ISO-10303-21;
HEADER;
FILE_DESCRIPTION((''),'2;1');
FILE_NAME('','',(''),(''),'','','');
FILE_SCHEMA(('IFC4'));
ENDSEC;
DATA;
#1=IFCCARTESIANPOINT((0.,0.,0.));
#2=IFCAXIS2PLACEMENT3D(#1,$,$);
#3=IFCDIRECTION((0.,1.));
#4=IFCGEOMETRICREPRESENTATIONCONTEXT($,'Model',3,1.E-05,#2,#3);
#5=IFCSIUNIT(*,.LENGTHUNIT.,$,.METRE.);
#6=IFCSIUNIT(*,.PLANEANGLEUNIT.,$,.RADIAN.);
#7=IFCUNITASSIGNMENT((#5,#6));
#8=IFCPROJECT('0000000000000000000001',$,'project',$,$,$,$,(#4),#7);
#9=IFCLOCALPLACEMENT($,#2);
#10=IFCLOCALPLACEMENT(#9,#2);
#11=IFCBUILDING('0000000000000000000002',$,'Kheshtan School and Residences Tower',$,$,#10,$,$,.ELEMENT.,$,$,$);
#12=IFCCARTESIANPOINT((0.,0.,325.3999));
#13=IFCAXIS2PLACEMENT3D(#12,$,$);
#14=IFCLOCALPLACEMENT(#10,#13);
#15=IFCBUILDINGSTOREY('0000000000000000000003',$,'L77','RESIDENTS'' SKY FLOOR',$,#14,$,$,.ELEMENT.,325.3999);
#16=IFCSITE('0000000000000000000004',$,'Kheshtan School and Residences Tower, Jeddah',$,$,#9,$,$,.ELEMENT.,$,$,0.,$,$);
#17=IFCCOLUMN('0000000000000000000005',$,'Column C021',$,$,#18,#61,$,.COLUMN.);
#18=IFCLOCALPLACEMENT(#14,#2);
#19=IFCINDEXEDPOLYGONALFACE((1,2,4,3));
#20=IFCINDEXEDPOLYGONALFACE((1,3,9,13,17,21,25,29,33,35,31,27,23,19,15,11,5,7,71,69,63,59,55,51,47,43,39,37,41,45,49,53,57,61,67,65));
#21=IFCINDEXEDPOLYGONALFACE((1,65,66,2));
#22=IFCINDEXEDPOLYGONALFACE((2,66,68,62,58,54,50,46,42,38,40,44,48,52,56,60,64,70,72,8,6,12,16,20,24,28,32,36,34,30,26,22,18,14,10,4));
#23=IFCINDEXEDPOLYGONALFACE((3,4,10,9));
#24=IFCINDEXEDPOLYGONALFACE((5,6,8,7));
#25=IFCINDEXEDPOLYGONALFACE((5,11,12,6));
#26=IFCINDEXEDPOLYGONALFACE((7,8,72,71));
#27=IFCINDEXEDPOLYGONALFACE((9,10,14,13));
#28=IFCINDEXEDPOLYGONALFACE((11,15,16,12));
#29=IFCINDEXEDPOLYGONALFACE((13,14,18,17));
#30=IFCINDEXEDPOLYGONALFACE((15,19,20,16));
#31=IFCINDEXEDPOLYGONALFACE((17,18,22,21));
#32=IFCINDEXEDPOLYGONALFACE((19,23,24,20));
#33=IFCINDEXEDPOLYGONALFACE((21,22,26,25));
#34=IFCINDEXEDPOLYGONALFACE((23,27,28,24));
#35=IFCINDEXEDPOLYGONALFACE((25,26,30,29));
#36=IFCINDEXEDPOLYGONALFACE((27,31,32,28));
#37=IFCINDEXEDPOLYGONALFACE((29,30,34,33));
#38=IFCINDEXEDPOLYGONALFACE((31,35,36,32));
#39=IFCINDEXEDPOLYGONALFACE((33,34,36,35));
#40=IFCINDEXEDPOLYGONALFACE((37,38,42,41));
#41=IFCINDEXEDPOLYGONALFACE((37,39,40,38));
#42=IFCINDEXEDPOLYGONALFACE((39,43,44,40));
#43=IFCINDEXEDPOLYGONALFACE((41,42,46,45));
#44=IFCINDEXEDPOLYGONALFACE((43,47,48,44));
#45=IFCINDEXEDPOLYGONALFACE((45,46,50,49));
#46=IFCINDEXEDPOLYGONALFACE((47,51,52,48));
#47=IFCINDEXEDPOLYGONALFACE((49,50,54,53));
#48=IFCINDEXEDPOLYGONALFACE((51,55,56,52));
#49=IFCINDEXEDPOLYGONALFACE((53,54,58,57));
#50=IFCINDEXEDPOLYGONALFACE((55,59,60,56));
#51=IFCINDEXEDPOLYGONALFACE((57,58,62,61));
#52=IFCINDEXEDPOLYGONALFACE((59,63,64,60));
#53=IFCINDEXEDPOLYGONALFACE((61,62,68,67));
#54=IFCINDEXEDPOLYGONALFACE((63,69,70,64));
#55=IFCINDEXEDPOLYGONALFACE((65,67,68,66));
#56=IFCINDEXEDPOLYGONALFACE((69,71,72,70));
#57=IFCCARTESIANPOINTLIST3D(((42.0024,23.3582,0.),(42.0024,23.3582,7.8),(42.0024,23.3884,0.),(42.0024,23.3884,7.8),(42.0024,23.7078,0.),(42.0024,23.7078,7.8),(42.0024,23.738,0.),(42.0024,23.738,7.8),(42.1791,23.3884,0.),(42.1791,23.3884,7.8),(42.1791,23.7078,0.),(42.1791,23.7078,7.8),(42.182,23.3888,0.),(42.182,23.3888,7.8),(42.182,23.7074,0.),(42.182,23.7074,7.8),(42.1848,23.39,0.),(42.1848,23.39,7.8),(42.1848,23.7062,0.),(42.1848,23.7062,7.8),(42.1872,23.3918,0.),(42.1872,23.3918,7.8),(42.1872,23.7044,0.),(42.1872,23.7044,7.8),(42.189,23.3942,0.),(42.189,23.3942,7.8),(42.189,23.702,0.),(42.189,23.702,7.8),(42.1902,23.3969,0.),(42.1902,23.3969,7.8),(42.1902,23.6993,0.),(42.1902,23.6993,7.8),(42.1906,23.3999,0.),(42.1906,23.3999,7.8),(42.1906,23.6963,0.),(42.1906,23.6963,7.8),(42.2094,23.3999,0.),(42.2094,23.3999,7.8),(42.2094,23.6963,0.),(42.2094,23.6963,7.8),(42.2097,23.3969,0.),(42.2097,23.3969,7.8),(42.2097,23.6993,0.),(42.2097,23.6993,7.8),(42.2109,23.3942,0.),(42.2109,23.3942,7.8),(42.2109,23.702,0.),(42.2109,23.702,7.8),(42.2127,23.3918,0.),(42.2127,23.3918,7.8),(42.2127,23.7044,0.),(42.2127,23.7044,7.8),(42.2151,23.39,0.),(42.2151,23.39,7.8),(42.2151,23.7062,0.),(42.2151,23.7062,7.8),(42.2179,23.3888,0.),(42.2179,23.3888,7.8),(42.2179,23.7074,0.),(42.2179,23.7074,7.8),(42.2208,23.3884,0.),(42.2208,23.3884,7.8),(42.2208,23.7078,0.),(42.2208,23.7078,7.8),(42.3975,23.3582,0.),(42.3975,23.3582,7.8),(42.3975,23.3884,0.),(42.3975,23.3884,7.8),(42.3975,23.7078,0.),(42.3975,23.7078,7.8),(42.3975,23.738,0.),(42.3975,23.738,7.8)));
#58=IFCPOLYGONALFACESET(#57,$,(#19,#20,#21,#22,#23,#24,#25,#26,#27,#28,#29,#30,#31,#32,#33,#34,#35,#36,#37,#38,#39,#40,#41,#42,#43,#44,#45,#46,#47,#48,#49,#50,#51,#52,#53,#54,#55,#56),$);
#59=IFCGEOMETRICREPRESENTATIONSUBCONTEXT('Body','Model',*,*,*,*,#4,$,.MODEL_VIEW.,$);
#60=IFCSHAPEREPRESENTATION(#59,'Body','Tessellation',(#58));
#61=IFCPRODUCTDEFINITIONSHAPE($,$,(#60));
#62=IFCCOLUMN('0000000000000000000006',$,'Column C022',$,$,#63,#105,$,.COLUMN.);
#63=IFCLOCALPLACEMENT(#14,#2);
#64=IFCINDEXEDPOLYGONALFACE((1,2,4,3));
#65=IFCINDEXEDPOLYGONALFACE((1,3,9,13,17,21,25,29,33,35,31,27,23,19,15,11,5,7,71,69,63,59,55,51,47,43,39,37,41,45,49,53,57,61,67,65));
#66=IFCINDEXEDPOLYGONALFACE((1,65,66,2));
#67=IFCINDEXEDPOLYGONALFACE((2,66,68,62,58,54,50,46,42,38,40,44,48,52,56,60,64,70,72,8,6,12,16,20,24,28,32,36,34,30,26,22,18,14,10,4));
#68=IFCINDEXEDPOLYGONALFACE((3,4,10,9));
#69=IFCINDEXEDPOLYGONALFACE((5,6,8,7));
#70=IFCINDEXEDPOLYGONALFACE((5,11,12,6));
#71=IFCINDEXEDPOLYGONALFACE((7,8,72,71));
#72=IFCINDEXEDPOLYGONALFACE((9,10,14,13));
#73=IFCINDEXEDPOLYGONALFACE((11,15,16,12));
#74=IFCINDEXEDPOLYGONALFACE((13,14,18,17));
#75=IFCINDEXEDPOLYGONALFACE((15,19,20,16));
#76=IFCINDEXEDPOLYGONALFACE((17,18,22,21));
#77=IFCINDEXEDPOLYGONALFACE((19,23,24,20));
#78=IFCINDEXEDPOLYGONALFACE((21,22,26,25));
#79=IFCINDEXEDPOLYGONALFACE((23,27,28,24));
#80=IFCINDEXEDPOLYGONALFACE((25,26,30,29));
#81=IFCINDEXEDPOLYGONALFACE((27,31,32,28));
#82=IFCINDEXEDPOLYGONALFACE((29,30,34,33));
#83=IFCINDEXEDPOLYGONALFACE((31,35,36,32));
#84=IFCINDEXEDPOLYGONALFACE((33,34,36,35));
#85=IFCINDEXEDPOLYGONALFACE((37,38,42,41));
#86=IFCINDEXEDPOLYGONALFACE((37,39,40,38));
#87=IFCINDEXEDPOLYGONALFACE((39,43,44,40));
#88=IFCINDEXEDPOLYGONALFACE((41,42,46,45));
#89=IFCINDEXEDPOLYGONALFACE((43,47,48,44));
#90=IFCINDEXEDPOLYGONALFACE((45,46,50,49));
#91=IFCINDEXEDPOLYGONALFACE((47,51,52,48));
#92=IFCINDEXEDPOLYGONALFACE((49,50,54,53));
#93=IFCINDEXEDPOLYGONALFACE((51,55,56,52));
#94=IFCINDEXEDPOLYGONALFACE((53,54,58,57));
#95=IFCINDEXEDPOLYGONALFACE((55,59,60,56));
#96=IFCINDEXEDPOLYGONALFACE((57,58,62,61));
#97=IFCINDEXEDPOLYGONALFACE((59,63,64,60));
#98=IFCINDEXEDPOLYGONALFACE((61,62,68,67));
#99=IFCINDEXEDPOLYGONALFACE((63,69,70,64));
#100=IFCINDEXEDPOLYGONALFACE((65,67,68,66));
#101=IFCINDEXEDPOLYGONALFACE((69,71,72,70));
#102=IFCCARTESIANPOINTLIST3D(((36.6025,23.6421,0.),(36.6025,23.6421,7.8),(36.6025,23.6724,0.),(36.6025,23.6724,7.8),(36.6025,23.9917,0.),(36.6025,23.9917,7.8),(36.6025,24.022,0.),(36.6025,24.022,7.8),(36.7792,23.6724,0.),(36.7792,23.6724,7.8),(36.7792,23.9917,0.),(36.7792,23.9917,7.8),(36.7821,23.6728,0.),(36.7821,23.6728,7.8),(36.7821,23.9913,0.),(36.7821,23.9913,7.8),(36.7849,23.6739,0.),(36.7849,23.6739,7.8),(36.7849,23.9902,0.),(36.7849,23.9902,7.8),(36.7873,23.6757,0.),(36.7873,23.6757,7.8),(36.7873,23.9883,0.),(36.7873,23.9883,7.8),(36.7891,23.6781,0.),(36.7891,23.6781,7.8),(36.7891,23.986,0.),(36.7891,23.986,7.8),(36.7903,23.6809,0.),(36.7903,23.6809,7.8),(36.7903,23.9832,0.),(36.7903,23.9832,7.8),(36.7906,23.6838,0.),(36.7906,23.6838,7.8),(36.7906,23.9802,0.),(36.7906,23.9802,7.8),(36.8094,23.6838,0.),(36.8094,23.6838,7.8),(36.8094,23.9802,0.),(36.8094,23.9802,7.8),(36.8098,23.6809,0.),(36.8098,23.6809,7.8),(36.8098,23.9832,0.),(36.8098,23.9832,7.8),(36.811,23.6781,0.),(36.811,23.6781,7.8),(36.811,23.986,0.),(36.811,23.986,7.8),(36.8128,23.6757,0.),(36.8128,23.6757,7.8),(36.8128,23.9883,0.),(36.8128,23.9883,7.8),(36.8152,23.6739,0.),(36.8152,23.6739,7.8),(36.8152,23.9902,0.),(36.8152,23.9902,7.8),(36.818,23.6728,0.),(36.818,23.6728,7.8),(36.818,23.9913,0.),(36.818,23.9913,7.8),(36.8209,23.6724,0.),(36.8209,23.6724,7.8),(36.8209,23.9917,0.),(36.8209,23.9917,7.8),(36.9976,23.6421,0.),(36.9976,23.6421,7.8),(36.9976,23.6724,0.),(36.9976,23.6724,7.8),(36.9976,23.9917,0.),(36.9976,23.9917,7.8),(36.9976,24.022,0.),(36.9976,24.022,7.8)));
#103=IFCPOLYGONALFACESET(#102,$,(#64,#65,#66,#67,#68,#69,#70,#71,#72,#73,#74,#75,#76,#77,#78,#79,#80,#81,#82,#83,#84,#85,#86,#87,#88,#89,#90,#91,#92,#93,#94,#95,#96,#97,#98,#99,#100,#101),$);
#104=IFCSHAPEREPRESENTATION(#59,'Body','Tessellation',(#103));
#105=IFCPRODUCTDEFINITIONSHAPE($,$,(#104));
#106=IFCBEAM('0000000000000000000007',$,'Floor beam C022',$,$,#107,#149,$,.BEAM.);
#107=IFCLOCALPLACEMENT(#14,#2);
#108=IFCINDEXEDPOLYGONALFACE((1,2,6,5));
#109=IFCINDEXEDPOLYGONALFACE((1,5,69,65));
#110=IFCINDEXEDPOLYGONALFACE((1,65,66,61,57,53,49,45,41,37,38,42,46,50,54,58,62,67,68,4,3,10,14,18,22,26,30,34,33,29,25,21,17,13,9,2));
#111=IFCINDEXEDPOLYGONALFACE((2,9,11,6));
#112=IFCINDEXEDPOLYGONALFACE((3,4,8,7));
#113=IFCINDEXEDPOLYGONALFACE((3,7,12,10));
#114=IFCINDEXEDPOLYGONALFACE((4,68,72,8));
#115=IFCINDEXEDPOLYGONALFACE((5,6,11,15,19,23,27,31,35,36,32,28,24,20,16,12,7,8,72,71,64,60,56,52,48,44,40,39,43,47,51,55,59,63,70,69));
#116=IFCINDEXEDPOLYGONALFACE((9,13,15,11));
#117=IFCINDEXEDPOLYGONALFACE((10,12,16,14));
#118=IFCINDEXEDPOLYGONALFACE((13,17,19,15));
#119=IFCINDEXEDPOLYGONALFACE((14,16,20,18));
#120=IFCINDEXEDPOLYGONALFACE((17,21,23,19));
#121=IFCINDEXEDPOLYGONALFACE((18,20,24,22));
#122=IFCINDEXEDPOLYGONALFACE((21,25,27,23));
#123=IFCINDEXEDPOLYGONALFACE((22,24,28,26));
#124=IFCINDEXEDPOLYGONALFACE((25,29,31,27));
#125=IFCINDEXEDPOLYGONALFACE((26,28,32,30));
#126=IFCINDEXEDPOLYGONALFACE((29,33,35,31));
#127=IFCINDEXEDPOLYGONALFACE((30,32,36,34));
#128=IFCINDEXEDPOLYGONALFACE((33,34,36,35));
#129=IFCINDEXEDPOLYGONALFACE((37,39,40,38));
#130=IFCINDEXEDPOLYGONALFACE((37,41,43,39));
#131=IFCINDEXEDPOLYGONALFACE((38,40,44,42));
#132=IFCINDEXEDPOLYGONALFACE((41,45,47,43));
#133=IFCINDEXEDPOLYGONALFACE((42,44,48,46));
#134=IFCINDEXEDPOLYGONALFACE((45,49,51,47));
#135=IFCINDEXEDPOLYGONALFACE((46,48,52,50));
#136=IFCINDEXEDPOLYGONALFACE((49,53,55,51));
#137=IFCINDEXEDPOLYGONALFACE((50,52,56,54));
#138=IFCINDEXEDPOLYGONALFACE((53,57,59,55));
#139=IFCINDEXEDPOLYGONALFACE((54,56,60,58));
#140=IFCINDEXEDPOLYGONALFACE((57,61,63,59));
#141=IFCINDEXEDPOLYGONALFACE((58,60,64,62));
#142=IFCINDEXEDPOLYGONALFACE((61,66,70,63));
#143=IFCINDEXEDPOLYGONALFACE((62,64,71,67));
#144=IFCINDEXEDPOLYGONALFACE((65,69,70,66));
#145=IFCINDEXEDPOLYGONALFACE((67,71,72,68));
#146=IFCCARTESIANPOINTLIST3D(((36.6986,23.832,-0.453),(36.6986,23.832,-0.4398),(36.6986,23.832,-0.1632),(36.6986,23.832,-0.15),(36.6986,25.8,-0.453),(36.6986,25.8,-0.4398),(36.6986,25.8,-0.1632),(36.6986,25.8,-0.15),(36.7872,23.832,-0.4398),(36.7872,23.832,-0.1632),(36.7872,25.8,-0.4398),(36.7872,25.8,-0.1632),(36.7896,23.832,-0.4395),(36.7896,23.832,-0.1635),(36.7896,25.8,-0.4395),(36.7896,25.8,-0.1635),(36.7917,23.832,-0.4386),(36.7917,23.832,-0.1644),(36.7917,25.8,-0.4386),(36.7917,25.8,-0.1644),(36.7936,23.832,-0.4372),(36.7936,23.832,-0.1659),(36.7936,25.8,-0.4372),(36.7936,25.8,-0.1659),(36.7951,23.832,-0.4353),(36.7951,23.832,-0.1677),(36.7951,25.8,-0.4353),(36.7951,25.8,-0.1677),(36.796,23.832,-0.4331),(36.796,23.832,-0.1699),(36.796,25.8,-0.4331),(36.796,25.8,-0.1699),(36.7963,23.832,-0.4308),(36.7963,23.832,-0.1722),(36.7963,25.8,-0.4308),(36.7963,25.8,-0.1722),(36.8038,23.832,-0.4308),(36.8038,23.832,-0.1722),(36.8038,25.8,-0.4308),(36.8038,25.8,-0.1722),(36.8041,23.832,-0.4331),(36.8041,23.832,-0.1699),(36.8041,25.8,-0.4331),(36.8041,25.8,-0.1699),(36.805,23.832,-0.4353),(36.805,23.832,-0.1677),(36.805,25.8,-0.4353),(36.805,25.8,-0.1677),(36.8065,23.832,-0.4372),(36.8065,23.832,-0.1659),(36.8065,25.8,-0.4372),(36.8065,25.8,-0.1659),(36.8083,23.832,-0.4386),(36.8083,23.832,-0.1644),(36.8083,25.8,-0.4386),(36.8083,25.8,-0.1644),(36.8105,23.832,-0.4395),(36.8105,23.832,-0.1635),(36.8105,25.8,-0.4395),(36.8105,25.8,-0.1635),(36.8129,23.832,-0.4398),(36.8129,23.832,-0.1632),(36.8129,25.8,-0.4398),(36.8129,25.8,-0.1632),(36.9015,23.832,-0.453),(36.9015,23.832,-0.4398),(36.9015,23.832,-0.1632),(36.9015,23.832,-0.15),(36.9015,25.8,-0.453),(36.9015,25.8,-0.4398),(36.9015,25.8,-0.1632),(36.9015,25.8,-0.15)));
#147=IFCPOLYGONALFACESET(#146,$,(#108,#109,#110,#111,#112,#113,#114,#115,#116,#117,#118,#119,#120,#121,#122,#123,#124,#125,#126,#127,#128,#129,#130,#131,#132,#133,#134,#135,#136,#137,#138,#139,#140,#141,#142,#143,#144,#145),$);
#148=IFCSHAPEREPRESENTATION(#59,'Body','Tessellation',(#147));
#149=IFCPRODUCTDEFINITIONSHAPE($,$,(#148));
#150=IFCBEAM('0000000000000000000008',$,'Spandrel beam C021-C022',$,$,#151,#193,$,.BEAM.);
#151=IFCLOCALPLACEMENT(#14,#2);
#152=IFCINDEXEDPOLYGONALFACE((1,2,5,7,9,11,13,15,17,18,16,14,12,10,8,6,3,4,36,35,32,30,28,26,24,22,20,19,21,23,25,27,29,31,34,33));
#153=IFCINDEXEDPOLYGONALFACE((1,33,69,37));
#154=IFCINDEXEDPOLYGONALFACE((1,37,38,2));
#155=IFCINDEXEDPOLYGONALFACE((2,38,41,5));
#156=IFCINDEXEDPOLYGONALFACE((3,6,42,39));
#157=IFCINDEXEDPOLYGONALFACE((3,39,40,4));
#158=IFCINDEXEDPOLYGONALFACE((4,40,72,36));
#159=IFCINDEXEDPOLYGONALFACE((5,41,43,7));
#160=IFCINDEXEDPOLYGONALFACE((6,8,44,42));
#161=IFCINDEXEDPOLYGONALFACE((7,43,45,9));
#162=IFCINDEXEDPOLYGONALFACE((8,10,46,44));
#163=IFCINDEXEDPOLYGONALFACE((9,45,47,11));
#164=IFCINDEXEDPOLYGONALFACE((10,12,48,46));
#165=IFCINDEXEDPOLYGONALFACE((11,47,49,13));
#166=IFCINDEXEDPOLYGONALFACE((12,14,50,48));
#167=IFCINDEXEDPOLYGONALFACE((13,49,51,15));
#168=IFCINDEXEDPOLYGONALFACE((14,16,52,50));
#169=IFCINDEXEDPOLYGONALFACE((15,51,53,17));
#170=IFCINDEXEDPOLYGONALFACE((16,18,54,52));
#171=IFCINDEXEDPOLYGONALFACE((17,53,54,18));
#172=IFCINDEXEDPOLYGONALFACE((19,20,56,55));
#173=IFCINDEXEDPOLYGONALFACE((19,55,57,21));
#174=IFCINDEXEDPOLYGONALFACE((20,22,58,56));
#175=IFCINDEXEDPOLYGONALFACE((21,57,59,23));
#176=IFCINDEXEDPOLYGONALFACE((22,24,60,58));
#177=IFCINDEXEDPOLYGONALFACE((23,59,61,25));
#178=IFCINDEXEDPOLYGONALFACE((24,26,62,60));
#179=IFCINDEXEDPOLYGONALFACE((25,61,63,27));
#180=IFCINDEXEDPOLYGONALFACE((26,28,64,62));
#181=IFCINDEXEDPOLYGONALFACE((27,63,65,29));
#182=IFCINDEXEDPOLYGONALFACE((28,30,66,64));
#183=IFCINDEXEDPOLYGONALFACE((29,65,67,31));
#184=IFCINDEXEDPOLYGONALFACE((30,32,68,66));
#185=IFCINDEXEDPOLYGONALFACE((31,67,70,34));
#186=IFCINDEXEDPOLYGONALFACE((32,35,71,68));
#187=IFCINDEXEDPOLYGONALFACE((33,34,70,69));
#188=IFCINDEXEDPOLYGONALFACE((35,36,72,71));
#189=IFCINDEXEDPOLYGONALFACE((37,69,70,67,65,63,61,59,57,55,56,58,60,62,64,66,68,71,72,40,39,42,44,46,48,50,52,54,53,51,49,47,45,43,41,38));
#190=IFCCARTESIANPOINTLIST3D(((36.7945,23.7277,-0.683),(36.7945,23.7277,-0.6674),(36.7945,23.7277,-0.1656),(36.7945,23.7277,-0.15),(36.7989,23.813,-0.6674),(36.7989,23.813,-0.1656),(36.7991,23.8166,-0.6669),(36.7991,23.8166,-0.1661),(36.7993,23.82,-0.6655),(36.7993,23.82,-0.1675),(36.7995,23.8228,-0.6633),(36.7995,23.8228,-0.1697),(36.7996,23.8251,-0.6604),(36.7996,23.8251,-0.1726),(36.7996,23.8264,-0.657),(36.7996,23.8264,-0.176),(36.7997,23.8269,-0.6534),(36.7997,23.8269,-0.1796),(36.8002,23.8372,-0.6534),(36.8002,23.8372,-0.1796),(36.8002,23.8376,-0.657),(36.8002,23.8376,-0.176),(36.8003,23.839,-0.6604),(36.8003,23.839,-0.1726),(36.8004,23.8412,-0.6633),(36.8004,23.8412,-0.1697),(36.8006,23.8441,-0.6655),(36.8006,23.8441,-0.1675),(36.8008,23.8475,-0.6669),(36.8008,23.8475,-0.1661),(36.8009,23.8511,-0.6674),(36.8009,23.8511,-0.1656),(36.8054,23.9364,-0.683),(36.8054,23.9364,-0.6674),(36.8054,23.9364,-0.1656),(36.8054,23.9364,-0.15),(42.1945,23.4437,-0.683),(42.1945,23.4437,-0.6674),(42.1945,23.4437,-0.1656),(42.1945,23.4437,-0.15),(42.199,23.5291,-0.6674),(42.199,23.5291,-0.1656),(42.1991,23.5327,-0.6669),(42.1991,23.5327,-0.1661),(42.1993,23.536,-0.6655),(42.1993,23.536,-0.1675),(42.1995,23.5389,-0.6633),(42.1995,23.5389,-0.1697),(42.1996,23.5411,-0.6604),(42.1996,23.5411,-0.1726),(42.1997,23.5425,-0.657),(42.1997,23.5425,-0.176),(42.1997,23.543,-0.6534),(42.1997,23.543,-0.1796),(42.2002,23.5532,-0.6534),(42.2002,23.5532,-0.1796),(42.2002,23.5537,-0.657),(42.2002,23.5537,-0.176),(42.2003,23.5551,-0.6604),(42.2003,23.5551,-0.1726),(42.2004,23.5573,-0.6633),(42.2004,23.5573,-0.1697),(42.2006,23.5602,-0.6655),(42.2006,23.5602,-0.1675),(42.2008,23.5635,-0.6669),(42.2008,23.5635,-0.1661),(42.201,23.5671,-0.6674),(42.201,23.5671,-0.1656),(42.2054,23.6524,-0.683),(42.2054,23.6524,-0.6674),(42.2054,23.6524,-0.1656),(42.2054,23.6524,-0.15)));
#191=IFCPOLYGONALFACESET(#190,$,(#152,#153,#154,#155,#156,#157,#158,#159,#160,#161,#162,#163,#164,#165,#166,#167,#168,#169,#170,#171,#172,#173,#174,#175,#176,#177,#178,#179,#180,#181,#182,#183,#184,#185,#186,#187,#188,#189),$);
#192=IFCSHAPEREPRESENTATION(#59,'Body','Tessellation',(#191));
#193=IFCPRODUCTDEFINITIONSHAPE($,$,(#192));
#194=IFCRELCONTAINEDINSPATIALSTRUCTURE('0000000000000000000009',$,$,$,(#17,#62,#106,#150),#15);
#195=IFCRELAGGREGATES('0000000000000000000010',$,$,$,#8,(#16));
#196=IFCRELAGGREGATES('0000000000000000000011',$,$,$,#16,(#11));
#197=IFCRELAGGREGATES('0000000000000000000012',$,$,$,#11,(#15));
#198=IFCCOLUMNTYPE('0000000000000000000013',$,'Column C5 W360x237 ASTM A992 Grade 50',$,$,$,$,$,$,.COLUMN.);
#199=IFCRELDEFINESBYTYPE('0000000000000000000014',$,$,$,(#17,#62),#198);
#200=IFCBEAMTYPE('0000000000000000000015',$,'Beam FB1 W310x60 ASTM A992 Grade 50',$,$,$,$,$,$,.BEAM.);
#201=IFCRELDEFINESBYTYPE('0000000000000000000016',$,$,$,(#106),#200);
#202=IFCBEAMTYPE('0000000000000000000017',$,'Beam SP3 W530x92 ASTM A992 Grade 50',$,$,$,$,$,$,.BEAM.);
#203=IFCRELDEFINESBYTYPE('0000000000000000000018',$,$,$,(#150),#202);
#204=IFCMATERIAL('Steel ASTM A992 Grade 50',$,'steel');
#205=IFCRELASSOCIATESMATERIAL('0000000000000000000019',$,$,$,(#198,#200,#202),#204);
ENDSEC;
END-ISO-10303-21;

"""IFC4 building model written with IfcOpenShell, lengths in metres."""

from ifc_helpers import new_model, si_unit, direction, frame, origin, origin_2d, place, context, subcontext, project, spatial, i_section, extrude, material, material_profile, profile_set, type_object, element, save


model = new_model("IFC4")

# Units and contexts
model_context = context("Model", 3, precision=1e-05, world=origin(), true_north=direction((0.0, 1.0)))
body_context = subcontext(model_context, "Body", "Model", "MODEL_VIEW")
ifc_project = project(units=[si_unit("LENGTHUNIT", "METRE"), si_unit("PLANEANGLEUNIT", "RADIAN")], contexts=[model_context])

# Site, building, storey
site_placement = place(None, origin())
site = spatial("IfcSite", under=ifc_project, at=site_placement, Name="Kheshtan School and Residences Tower, Jeddah", CompositionType="ELEMENT", RefElevation=0.0)
building_placement = place(site_placement, origin())
building = spatial("IfcBuilding", under=site, at=building_placement, Name="Kheshtan School and Residences Tower", CompositionType="ELEMENT")
storey_placement = place(building_placement, frame((0.0, 0.0, 325.3999)))
storey = spatial("IfcBuildingStorey", under=building, at=storey_placement, Name="L77", Description="RESIDENTS' SKY FLOOR", CompositionType="ELEMENT", Elevation=325.3999)

# Columns
ifc_material_1 = material(Name="Steel ASTM A992 Grade 50", Category="steel")
ifc_material_profile_1 = material_profile(ifc_material_1, i_section(OverallWidth=0.395, OverallDepth=0.3799, WebThickness=0.0188, FlangeThickness=0.0303, FilletRadius=0.0115, at=origin_2d()), Name="W360x237")
ifc_profile_set_1 = profile_set([ifc_material_profile_1], Name="Steel ASTM A992 Grade 50")
column_type = type_object("IfcColumnType", Name="Column C5 W360x237 ASTM A992 Grade 50", PredefinedType="COLUMN", material=ifc_profile_set_1)
for number, where, z_axis, x_axis, name in (
    (1, (42.2, 23.5481, 0.0), (0.0, 0.0, 1.0), (1.0, 0.0, 0.0), "Column C021"),
    (2, (36.8, 23.832, 0.0), (0.0, 0.0, 1.0), (1.0, 0.0, 0.0), "Column C022"),
):
    element("IfcColumn", number, at=place(storey_placement, frame(where, z_axis=z_axis, x_axis=x_axis)), inside=storey, type_object=column_type, Name=name, PredefinedType="COLUMN", context=body_context, shape_type="SweptSolid", body=[
        extrude(i_section(OverallWidth=0.395, OverallDepth=0.3799, WebThickness=0.0188, FlangeThickness=0.0303, FilletRadius=0.0115, at=origin_2d()), origin(), (0.0, 0.0, 1.0), 7.8),
    ])

# Beams
ifc_material_profile_2 = material_profile(ifc_material_1, i_section(OverallWidth=0.2029, OverallDepth=0.303, WebThickness=0.0076, FlangeThickness=0.0132, FilletRadius=0.009, at=origin_2d()), Name="W310x60")
ifc_profile_set_2 = profile_set([ifc_material_profile_2], Name="Steel ASTM A992 Grade 50")
beam_type_1 = type_object("IfcBeamType", Name="Beam FB1 W310x60 ASTM A992 Grade 50", PredefinedType="BEAM", material=ifc_profile_set_2)
beam_1_placement = place(storey_placement, frame((36.8, 23.832, -0.3015), z_axis=(0.0, 1.0, 0.0), x_axis=(-1.0, 0.0, 0.0)))
element("IfcBeam", 3, at=beam_1_placement, inside=storey, type_object=beam_type_1, Name="Floor beam C022", PredefinedType="BEAM", context=body_context, shape_type="SweptSolid", body=[
    extrude(i_section(OverallWidth=0.2029, OverallDepth=0.303, WebThickness=0.0076, FlangeThickness=0.0132, FilletRadius=0.009, at=origin_2d()), origin(), (0.0, 0.0, 1.0), 1.968),
])
ifc_material_profile_3 = material_profile(ifc_material_1, i_section(OverallWidth=0.209, OverallDepth=0.533, WebThickness=0.0103, FlangeThickness=0.0156, FilletRadius=0.0139, at=origin_2d()), Name="W530x92")
ifc_profile_set_3 = profile_set([ifc_material_profile_3], Name="Steel ASTM A992 Grade 50")
beam_type_2 = type_object("IfcBeamType", Name="Beam SP3 W530x92 ASTM A992 Grade 50", PredefinedType="BEAM", material=ifc_profile_set_3)
beam_2_placement = place(storey_placement, frame((42.2, 23.5481, -0.4165), z_axis=(-0.99862, 0.052509, 0.0), x_axis=(-0.052509, -0.99862, 0.0)))
element("IfcBeam", 4, at=beam_2_placement, inside=storey, type_object=beam_type_2, Name="Spandrel beam C021-C022", PredefinedType="BEAM", context=body_context, shape_type="SweptSolid", body=[
    extrude(i_section(OverallWidth=0.209, OverallDepth=0.533, WebThickness=0.0103, FlangeThickness=0.0156, FilletRadius=0.0139, at=origin_2d()), origin(), (0.0, 0.0, 1.0), 5.4075),
])

save(model, "model.ifc")
